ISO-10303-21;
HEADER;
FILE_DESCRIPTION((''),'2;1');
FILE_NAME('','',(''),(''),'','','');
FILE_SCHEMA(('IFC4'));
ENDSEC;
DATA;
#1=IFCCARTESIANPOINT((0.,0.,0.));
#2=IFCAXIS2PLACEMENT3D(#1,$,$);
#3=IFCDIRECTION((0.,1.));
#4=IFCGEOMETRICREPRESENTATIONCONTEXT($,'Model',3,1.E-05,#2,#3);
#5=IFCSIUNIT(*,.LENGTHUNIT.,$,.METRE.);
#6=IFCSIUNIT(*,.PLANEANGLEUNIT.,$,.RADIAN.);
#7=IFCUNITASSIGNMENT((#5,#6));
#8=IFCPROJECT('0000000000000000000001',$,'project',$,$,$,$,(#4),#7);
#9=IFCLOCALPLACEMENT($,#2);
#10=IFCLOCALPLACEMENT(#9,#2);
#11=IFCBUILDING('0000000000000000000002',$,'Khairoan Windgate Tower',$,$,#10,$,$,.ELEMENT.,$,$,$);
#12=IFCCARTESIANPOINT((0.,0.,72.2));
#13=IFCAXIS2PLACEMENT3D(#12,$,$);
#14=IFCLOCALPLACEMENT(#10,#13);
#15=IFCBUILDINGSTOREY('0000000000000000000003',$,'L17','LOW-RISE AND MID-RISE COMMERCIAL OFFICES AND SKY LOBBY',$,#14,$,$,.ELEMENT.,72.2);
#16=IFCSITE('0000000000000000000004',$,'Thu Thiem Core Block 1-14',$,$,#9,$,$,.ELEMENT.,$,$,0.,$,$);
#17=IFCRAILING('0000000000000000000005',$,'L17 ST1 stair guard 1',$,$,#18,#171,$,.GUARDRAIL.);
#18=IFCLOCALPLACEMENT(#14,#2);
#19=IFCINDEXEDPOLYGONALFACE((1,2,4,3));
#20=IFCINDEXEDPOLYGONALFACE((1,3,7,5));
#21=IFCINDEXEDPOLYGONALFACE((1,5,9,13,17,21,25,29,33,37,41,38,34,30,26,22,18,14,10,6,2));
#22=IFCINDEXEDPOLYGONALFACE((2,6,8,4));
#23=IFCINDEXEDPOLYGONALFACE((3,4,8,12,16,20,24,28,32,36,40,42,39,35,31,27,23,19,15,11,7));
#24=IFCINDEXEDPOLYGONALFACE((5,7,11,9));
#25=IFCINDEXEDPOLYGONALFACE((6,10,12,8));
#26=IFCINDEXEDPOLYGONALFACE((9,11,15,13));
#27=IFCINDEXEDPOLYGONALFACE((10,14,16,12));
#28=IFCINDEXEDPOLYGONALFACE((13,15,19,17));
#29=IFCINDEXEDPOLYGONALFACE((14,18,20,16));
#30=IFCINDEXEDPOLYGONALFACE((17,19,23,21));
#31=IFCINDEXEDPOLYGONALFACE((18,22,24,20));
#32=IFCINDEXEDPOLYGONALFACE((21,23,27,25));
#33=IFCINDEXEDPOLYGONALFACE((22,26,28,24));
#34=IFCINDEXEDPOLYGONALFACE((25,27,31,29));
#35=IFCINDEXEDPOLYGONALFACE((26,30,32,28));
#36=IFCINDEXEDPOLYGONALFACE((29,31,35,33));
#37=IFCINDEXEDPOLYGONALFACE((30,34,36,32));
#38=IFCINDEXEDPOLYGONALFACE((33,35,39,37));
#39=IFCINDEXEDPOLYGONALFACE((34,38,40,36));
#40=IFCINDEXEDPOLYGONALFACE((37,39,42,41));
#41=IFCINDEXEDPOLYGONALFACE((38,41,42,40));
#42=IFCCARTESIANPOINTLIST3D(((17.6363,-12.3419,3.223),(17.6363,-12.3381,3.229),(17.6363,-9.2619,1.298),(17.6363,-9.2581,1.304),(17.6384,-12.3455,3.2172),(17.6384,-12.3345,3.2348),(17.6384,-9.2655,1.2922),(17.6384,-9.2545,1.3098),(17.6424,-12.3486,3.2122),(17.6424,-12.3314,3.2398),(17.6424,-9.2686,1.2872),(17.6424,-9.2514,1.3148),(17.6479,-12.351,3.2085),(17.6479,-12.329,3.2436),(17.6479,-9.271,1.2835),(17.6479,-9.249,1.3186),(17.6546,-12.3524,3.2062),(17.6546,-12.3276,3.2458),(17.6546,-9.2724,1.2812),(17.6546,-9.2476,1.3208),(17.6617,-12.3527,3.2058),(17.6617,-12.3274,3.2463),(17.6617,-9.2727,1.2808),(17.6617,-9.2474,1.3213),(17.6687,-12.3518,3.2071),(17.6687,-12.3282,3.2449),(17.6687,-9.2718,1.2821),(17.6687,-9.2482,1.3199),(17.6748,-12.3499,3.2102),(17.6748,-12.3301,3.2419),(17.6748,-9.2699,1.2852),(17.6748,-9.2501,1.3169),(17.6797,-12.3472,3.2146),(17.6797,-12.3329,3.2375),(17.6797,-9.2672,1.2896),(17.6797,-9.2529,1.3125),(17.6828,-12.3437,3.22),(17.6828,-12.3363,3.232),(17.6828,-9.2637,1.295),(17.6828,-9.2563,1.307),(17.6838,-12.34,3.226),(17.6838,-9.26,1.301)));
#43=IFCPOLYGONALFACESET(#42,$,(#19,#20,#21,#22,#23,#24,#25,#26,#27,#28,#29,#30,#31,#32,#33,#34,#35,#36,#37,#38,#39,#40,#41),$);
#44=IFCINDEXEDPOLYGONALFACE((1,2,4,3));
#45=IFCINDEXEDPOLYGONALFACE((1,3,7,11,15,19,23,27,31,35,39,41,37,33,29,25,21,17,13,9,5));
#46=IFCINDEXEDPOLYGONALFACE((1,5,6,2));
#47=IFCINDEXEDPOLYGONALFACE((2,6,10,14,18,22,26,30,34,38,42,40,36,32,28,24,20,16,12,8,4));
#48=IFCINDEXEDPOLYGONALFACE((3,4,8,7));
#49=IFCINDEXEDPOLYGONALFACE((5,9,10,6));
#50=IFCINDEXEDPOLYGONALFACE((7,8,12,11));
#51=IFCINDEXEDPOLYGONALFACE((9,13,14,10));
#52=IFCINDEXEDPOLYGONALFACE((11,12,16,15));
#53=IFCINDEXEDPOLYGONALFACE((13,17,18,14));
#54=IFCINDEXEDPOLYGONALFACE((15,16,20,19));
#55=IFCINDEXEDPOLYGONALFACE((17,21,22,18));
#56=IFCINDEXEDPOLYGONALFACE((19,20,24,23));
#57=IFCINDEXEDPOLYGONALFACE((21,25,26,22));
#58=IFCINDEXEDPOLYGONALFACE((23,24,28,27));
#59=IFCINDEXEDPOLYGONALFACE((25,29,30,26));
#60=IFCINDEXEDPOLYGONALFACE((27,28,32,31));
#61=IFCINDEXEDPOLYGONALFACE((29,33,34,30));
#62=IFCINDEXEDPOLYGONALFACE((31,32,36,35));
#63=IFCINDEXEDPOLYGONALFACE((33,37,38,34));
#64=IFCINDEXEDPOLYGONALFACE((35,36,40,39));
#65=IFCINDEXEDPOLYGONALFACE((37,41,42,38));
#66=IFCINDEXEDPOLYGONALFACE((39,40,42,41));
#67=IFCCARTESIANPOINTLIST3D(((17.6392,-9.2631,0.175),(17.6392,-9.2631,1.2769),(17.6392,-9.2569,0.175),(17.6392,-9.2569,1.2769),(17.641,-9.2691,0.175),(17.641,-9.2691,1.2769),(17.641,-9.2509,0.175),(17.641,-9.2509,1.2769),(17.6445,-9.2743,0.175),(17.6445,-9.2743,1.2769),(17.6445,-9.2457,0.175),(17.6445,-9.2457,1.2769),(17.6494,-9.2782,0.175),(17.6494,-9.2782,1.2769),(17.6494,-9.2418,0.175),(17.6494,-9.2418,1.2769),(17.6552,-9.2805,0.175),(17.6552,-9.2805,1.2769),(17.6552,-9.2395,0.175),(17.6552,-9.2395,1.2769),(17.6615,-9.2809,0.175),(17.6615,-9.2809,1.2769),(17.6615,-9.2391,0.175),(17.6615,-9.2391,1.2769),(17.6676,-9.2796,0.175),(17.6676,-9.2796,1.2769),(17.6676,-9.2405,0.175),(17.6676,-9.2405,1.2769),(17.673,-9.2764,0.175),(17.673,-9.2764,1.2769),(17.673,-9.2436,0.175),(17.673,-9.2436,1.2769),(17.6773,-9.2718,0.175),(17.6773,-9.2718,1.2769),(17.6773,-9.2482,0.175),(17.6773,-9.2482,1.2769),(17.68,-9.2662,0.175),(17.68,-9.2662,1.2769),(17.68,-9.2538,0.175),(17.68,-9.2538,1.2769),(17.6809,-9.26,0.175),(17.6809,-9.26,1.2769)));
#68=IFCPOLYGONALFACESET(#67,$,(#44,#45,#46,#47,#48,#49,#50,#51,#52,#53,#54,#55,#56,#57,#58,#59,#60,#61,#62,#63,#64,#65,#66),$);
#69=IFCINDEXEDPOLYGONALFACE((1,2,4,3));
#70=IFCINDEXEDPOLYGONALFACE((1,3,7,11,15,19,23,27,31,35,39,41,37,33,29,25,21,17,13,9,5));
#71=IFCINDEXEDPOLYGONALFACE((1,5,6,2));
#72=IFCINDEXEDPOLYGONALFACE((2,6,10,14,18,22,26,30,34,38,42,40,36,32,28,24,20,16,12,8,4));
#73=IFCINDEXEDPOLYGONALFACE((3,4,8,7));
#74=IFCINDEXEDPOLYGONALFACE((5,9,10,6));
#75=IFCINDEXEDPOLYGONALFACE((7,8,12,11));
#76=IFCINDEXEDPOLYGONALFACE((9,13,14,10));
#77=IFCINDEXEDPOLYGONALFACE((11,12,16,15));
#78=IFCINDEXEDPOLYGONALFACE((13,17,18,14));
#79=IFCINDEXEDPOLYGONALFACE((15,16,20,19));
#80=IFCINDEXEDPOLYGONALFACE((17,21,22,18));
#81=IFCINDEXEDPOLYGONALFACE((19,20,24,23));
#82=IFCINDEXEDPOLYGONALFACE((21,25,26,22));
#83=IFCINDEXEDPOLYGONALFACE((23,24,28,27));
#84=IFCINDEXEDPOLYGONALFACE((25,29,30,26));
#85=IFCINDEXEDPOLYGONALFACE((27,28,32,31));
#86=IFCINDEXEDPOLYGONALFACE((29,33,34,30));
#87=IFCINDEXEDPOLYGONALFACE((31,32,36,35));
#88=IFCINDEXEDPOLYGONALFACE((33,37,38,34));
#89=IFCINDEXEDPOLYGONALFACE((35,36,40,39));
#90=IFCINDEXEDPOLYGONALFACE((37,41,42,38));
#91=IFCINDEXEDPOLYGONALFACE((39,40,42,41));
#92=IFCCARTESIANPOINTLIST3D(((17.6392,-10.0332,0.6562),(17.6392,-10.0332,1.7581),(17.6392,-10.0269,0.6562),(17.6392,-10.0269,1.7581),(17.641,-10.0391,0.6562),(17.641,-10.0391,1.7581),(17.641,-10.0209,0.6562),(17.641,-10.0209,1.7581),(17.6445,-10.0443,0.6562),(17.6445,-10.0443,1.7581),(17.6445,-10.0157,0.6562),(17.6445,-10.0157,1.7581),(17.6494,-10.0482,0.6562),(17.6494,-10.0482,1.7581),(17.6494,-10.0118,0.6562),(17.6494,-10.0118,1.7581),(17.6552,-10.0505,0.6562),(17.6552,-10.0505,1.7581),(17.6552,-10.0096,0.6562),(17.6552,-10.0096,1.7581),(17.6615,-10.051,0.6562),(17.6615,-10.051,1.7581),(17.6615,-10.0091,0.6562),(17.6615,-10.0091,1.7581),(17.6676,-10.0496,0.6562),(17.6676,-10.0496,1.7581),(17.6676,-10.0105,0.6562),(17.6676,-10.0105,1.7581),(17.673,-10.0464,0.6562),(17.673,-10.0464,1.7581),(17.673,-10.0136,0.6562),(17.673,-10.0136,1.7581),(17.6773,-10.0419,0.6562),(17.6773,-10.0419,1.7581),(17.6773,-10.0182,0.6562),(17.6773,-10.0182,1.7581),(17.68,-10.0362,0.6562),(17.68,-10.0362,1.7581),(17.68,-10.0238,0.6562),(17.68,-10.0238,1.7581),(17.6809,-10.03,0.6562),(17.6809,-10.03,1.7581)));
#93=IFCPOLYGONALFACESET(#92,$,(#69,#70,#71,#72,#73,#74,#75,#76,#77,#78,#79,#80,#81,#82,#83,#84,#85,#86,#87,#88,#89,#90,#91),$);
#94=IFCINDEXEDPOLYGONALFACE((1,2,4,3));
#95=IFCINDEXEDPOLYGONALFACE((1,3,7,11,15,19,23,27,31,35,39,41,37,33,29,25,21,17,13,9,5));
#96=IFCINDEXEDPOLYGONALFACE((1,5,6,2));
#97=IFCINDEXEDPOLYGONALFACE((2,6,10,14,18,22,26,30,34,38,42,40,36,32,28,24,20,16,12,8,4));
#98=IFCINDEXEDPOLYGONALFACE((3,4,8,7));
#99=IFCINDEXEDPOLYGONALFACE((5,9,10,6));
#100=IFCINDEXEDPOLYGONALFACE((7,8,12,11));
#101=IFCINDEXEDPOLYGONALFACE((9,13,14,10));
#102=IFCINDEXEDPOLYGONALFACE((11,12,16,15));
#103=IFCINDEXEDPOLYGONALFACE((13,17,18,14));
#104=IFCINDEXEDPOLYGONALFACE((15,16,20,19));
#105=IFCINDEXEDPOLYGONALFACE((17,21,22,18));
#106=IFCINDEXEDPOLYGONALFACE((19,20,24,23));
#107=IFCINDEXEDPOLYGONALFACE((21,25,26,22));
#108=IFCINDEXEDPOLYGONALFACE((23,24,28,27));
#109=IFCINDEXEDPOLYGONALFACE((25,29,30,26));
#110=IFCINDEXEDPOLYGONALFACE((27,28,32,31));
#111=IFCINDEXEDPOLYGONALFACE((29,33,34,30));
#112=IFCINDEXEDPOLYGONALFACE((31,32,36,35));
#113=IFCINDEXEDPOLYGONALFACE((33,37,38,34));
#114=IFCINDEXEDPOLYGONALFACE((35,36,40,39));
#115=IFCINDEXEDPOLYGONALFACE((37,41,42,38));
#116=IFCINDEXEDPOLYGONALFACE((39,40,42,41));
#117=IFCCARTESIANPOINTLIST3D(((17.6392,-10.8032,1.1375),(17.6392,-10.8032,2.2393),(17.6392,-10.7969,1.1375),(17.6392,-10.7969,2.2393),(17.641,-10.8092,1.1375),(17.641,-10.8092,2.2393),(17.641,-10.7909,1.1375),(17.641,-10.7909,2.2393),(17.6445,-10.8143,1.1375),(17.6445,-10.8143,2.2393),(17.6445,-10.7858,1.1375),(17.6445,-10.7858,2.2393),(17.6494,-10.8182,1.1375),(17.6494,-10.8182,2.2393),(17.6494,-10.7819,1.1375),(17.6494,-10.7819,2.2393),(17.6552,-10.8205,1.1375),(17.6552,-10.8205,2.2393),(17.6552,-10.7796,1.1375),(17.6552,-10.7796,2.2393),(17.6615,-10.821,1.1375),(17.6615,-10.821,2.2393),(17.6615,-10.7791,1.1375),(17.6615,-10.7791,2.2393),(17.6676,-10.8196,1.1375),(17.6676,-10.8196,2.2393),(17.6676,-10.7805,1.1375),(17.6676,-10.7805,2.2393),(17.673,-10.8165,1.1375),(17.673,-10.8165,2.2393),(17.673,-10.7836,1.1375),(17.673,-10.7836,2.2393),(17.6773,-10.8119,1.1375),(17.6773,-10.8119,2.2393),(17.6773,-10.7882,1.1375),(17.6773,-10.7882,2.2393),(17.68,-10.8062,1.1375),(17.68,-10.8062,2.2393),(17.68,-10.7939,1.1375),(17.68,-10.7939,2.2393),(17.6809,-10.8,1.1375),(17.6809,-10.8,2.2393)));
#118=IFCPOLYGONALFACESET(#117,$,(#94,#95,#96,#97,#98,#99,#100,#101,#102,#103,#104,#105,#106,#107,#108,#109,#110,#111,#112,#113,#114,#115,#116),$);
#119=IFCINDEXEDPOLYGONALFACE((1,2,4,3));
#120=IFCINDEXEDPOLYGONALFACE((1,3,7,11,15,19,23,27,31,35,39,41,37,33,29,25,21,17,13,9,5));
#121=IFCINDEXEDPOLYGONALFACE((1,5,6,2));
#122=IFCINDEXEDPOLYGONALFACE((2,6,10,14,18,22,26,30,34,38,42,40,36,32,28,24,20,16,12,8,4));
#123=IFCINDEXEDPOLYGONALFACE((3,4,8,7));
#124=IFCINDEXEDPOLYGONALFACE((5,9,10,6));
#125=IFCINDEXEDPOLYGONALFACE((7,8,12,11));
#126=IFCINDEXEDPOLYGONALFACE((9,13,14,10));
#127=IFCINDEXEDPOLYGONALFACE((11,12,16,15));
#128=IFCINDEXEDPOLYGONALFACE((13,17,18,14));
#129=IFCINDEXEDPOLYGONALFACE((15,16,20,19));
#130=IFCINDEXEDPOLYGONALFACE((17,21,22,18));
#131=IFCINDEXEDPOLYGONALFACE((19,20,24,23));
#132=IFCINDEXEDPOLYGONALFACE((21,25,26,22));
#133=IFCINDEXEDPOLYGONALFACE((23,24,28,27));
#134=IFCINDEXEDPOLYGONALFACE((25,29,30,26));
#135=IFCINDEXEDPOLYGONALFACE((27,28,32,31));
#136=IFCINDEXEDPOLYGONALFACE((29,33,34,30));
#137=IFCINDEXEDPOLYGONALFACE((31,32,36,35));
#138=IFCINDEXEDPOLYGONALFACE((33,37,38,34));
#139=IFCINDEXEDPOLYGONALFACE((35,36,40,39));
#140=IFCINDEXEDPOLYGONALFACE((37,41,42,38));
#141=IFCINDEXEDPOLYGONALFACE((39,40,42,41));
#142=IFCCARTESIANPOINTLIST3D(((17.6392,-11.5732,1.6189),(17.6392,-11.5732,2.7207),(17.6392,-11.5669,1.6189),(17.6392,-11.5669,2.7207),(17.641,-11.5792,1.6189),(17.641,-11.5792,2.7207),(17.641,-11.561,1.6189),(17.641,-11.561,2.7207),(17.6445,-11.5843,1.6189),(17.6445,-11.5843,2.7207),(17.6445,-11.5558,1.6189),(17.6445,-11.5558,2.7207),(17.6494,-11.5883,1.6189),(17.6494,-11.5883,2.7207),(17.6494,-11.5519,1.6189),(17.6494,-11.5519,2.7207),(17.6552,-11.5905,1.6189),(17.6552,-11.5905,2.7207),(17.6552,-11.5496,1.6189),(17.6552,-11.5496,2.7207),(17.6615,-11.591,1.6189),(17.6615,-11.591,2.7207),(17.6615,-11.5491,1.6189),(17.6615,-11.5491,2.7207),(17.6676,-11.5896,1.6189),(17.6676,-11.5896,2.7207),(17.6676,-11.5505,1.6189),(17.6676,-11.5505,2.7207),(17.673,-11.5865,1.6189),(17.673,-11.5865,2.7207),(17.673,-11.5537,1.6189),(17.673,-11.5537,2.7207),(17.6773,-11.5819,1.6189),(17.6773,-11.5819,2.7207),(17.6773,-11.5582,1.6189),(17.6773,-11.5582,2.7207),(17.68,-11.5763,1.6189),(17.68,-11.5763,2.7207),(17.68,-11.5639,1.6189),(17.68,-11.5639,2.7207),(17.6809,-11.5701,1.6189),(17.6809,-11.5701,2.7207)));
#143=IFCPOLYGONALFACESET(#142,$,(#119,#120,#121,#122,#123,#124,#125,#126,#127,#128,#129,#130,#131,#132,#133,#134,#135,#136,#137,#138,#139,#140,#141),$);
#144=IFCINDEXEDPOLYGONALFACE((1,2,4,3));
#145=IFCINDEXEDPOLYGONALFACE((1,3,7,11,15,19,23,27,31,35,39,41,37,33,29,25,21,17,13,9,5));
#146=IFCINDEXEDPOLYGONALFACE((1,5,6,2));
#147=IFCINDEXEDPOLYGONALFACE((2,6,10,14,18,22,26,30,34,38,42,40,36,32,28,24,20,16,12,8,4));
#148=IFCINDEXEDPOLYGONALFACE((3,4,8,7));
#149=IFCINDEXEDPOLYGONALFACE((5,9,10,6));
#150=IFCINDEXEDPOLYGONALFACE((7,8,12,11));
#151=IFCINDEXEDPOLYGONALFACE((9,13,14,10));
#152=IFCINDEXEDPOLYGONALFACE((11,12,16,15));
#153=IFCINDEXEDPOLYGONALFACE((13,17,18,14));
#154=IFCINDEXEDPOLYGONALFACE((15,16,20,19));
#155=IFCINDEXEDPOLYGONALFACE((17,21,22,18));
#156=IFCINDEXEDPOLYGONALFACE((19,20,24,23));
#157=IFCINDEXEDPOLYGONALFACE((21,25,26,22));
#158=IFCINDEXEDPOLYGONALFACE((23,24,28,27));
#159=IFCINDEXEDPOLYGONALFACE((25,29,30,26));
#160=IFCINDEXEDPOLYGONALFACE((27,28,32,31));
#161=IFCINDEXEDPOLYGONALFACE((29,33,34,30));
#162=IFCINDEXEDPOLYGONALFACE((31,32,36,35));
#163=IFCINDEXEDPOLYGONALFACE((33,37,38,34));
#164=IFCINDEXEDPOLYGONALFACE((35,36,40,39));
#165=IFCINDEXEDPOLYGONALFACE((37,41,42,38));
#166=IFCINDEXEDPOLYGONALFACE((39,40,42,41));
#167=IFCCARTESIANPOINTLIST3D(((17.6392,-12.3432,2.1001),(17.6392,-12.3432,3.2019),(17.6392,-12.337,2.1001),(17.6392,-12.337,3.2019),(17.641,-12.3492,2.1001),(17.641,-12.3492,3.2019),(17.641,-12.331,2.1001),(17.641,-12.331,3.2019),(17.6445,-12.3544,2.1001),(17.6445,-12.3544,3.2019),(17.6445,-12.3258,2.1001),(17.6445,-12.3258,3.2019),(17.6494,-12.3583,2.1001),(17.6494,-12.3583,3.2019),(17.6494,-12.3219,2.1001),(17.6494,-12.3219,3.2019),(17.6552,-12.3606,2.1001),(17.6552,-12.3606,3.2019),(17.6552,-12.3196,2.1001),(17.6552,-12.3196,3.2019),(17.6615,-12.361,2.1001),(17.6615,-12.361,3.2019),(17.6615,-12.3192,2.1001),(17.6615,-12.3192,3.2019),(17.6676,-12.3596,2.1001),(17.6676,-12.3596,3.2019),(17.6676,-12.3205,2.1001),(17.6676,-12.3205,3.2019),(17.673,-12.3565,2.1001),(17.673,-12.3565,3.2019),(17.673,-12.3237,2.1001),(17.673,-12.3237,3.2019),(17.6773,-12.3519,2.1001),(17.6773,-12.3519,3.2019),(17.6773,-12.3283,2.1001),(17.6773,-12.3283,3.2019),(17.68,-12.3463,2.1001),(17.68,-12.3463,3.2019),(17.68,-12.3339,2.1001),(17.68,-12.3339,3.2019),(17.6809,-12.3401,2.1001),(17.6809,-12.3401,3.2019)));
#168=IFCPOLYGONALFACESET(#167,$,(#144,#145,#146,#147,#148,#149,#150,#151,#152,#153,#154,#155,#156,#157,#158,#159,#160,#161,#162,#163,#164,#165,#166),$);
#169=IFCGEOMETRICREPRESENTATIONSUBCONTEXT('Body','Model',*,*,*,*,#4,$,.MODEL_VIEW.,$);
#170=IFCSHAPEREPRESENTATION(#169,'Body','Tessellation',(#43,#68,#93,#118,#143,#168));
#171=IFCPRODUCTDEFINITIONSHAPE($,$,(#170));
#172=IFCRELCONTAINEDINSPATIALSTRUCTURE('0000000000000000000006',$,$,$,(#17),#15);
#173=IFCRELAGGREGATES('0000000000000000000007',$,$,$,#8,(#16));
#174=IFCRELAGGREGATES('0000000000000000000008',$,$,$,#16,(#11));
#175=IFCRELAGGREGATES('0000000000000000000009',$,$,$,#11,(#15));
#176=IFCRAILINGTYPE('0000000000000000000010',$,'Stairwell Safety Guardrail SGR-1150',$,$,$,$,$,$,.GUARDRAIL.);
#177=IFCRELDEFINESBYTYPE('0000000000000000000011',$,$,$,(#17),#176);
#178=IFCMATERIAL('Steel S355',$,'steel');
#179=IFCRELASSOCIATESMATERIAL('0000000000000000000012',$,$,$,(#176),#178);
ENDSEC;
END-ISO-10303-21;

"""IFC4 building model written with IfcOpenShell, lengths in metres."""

from ifc_helpers import new_model, si_unit, direction, frame, origin, origin_2d, place, context, subcontext, project, spatial, circle, extrude, material, type_object, element, save


model = new_model("IFC4")

# Units and contexts
model_context = context("Model", 3, precision=1e-05, world=origin(), true_north=direction((0.0, 1.0)))
body_context = subcontext(model_context, "Body", "Model", "MODEL_VIEW")
ifc_project = project(units=[si_unit("LENGTHUNIT", "METRE"), si_unit("PLANEANGLEUNIT", "RADIAN")], contexts=[model_context])

# Site, building, storey
site_placement = place(None, origin())
site = spatial("IfcSite", under=ifc_project, at=site_placement, Name="Thu Thiem Core Block 1-14", CompositionType="ELEMENT", RefElevation=0.0)
building_placement = place(site_placement, origin())
building = spatial("IfcBuilding", under=site, at=building_placement, Name="Khairoan Windgate Tower", CompositionType="ELEMENT")
storey_placement = place(building_placement, frame((0.0, 0.0, 72.2)))
storey = spatial("IfcBuildingStorey", under=building, at=storey_placement, Name="L17", Description="LOW-RISE AND MID-RISE COMMERCIAL OFFICES AND SKY LOBBY", CompositionType="ELEMENT", Elevation=72.2)

# Railing
ifc_material_1 = material(Name="Steel S355", Category="steel")
railing_type_1 = type_object("IfcRailingType", Name="Stairwell Safety Guardrail SGR-1150", PredefinedType="GUARDRAIL", material=ifc_material_1)
railing_1_placement = place(storey_placement, frame((17.6599, -9.26, 0.175)))
element("IfcRailing", 1, at=railing_1_placement, inside=storey, type_object=railing_type_1, Name="L17 ST1 stair guard 1", PredefinedType="GUARDRAIL", context=body_context, shape_type="SweptSolid", body=[
    extrude(circle(Radius=0.0239, at=origin_2d()), frame((0.0, 0.0, 1.126), z_axis=(0.0, -0.847998, 0.529999), x_axis=(1.0, 0.0, 0.0)), (0.0, 0.0, 1.0), 3.6321),
    extrude(circle(Radius=0.021, at=origin_2d()), origin(), (0.0, 0.0, 1.0), 1.1018),
    extrude(circle(Radius=0.021, at=origin_2d()), frame((0.0, -0.77, 0.4812)), (0.0, 0.0, 1.0), 1.1018),
    extrude(circle(Radius=0.021, at=origin_2d()), frame((0.0, -1.54, 0.9624)), (0.0, 0.0, 1.0), 1.1018),
    extrude(circle(Radius=0.021, at=origin_2d()), frame((0.0, -2.3101, 1.4438)), (0.0, 0.0, 1.0), 1.1018),
    extrude(circle(Radius=0.021, at=origin_2d()), frame((0.0, -3.0801, 1.925)), (0.0, 0.0, 1.0), 1.1018),
])

save(model, "model.ifc")
